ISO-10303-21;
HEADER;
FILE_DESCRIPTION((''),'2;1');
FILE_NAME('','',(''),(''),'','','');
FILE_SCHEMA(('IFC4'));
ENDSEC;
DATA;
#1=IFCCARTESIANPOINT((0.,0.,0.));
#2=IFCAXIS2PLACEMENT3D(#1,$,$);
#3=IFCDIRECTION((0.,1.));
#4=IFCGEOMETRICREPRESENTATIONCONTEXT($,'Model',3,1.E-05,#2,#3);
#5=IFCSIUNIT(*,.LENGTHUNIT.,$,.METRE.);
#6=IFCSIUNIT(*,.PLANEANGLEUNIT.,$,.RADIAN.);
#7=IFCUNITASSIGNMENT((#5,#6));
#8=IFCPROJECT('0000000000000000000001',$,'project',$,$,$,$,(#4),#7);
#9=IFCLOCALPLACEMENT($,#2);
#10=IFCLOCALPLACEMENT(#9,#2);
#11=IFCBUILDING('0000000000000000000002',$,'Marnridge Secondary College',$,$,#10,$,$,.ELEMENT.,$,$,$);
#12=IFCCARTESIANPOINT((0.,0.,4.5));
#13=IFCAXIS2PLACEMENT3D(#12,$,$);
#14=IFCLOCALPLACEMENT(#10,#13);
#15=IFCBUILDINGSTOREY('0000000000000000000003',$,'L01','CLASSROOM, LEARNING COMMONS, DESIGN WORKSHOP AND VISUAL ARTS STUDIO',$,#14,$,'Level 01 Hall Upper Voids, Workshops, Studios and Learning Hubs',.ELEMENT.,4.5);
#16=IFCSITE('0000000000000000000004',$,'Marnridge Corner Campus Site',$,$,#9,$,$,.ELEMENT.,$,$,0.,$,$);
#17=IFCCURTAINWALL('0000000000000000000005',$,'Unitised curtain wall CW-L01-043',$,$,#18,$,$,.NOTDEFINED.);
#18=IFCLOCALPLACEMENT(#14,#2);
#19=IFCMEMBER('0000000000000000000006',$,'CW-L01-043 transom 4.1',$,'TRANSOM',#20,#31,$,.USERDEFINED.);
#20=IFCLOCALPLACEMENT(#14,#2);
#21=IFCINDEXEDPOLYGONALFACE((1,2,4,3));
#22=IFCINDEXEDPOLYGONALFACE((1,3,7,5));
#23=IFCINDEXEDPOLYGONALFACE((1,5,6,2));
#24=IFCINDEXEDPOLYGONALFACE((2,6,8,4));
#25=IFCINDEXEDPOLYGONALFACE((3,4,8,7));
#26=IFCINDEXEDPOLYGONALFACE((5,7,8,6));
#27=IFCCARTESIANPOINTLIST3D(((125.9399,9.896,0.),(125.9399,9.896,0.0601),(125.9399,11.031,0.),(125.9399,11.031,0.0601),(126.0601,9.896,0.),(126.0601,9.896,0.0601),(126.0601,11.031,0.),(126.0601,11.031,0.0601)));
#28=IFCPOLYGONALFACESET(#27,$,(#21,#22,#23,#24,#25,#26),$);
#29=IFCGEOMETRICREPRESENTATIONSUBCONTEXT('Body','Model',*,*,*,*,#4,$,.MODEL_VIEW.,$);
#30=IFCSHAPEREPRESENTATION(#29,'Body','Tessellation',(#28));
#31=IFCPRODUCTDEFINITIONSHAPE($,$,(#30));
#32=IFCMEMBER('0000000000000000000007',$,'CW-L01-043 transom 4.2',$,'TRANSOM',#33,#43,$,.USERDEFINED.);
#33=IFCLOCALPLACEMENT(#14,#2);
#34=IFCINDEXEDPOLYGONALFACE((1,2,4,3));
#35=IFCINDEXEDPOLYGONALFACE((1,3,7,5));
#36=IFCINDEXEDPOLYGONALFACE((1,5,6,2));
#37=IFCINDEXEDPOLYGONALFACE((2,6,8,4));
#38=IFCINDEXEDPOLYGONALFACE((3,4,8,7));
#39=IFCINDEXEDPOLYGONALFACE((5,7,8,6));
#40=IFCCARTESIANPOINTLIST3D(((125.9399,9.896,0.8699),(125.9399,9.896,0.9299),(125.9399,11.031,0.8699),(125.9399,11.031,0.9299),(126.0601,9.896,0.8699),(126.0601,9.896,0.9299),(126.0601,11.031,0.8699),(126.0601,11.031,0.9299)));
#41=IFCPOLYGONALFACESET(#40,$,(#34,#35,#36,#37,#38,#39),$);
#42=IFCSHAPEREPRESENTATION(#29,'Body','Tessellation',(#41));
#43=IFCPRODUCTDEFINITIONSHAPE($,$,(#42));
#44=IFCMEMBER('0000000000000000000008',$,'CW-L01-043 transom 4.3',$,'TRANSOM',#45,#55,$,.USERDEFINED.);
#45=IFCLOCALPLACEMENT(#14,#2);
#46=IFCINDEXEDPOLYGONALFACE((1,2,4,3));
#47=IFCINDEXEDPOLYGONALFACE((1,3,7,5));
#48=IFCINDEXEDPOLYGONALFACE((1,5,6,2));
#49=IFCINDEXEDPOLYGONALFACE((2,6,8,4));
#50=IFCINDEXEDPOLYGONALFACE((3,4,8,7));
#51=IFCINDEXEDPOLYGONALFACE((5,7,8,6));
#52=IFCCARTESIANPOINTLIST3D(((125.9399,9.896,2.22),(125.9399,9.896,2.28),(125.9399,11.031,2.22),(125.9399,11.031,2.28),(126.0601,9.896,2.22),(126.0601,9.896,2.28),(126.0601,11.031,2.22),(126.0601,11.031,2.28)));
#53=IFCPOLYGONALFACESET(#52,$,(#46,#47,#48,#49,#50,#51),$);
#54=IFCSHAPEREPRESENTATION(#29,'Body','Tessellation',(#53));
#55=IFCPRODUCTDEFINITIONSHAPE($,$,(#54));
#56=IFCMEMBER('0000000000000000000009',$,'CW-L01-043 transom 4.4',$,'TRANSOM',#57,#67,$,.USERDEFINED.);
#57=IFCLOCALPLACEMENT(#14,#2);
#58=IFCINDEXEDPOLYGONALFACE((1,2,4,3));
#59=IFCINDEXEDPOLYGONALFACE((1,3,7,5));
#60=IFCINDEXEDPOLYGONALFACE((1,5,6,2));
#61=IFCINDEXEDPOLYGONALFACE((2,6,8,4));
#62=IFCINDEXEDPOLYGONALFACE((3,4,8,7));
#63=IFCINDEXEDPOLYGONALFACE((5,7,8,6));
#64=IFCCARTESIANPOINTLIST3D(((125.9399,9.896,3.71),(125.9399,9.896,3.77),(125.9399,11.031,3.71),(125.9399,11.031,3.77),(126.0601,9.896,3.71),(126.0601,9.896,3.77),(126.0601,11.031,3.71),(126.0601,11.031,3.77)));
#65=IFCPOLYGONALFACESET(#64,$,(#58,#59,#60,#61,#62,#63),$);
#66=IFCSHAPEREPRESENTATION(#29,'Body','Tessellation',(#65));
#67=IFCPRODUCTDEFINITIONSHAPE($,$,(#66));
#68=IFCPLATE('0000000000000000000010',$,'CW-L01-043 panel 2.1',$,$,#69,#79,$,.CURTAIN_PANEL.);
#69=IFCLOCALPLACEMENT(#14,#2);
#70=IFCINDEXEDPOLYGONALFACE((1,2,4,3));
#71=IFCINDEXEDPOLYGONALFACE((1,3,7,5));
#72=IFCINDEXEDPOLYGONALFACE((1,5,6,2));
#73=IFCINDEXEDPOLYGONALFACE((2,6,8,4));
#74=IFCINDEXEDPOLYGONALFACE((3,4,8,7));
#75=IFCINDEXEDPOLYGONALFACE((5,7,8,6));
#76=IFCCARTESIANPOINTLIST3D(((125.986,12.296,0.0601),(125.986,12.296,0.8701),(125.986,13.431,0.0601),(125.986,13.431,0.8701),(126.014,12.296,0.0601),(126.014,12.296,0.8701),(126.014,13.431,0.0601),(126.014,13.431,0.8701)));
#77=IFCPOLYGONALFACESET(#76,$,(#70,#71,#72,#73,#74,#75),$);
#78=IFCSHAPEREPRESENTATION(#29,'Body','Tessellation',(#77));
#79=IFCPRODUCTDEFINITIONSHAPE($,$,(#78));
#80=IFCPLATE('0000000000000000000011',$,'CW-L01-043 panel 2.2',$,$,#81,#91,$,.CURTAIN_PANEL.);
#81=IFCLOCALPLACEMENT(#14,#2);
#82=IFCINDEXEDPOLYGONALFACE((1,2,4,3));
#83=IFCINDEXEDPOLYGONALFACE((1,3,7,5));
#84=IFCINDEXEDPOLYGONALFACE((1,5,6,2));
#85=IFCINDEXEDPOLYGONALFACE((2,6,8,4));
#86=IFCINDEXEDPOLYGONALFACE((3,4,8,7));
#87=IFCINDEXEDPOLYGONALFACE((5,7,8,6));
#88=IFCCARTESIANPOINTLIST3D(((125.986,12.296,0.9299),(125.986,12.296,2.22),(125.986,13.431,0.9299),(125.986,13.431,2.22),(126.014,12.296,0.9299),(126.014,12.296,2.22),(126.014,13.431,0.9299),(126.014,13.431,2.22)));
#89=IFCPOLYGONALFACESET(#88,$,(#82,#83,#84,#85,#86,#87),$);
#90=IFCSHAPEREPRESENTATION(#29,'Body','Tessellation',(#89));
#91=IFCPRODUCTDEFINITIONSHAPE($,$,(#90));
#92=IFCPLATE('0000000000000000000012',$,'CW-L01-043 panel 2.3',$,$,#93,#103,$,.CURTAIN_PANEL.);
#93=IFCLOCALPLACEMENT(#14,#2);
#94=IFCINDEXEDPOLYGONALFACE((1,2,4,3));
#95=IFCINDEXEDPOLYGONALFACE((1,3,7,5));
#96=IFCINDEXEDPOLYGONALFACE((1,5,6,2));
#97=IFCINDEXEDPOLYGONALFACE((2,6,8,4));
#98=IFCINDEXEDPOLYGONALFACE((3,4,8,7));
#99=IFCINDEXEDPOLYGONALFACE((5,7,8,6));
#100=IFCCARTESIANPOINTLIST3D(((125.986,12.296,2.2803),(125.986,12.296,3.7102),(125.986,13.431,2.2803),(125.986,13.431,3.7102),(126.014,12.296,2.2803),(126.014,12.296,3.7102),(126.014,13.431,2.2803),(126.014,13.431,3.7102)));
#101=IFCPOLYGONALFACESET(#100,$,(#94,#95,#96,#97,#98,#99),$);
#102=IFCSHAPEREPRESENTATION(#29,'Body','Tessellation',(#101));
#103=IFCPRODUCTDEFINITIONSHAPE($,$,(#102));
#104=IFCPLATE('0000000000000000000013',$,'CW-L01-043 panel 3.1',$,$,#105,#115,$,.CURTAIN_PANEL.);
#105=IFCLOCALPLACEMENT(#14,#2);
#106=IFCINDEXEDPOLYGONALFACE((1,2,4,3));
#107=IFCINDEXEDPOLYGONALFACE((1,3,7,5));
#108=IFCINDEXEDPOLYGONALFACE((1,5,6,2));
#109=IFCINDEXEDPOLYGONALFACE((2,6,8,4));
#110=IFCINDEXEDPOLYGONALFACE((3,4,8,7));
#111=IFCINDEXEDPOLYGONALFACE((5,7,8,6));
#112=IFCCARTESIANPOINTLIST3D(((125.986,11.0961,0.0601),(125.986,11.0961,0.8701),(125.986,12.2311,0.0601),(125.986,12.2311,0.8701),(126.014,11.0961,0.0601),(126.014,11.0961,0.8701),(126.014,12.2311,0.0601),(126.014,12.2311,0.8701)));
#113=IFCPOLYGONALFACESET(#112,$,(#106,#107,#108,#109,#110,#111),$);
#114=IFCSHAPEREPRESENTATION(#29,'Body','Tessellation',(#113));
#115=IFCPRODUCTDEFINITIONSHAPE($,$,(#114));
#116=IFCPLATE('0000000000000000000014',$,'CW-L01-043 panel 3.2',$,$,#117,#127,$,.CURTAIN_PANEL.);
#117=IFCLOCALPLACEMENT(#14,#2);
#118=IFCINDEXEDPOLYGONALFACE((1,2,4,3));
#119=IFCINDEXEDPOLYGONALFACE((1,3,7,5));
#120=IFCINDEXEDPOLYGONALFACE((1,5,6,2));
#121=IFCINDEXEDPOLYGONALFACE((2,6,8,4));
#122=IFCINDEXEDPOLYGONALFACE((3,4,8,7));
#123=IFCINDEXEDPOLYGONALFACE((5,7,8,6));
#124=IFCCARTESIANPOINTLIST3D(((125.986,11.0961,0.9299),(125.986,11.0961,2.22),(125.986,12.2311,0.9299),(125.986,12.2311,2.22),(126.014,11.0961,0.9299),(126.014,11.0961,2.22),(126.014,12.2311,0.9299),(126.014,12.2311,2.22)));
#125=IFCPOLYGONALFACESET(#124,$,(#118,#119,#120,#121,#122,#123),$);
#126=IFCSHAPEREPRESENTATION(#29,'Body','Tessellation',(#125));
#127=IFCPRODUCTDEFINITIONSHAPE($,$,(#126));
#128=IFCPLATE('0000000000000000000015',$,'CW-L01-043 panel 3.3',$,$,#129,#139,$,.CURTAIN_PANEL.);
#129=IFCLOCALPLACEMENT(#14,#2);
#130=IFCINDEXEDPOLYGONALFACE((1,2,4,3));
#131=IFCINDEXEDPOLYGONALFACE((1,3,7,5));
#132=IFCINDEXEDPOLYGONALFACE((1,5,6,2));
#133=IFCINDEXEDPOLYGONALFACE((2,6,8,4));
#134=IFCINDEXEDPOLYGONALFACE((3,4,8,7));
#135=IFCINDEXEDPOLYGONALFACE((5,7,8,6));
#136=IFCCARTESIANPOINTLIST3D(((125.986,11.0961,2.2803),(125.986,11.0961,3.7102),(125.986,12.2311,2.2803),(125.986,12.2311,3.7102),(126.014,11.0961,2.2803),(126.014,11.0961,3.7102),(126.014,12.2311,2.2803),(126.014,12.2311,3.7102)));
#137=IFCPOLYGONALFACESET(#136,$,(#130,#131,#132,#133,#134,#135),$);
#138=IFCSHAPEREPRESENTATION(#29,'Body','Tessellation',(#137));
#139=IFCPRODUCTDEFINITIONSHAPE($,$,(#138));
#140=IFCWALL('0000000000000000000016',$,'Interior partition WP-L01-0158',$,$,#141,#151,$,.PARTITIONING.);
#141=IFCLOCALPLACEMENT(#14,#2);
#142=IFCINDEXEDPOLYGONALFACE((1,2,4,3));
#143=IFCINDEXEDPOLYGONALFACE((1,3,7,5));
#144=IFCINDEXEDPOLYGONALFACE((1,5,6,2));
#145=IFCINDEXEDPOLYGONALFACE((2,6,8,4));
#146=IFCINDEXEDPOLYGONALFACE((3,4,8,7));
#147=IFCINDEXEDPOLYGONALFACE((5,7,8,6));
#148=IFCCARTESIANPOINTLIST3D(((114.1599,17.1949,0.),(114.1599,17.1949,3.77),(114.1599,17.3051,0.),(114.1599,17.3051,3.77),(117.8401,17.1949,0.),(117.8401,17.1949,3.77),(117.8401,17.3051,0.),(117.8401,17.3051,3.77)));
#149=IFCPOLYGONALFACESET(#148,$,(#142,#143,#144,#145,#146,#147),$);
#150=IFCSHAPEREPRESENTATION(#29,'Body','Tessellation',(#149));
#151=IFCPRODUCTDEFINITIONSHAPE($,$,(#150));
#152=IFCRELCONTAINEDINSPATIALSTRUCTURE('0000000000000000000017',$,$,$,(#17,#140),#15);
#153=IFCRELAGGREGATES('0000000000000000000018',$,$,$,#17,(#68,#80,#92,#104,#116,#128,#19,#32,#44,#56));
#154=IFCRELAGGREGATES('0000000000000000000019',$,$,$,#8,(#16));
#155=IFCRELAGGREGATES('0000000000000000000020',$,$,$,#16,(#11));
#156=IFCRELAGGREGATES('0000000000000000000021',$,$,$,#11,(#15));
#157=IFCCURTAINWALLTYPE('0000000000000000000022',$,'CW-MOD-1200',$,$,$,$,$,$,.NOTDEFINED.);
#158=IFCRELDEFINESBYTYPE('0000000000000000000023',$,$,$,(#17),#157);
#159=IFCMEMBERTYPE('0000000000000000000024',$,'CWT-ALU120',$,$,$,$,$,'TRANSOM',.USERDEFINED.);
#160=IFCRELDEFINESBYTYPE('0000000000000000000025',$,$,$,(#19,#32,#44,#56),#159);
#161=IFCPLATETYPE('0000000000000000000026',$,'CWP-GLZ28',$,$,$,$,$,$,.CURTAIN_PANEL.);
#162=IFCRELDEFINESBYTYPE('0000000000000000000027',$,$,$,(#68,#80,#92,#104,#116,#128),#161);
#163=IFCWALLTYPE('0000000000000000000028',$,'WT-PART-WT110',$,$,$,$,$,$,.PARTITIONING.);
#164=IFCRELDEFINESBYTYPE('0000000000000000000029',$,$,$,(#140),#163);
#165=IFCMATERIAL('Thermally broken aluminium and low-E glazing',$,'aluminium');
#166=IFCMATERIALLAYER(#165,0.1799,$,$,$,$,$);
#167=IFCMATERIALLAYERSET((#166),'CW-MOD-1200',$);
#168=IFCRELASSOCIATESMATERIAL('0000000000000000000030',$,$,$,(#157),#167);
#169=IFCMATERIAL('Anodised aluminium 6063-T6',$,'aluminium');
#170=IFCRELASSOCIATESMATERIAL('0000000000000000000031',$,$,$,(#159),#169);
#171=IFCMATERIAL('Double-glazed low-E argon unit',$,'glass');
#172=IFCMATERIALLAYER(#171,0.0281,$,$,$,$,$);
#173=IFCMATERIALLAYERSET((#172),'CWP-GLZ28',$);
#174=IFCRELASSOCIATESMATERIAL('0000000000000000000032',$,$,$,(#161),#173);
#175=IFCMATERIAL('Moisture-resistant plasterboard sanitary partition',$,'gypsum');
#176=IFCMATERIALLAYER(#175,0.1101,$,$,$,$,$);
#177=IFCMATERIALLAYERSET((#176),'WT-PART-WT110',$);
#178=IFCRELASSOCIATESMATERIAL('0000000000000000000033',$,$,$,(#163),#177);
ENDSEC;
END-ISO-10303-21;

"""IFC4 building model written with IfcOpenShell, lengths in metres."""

from ifc_helpers import new_model, si_unit, direction, frame, frame_2d, origin, origin_2d, place, context, subcontext, project, spatial, rectangle, extrude, material, layer, layer_set, material_profile, profile_set, type_object, element, aggregate, save


model = new_model("IFC4")

# Units and contexts
model_context = context("Model", 3, precision=1e-05, world=origin(), true_north=direction((0.0, 1.0)))
body_context = subcontext(model_context, "Body", "Model", "MODEL_VIEW")
ifc_project = project(units=[si_unit("LENGTHUNIT", "METRE"), si_unit("PLANEANGLEUNIT", "RADIAN")], contexts=[model_context])

# Site, building, storey
site_placement = place(None, origin())
site = spatial("IfcSite", under=ifc_project, at=site_placement, Name="Marnridge Corner Campus Site", CompositionType="ELEMENT", RefElevation=0.0)
building_placement = place(site_placement, origin())
building = spatial("IfcBuilding", under=site, at=building_placement, Name="Marnridge Secondary College", CompositionType="ELEMENT")
storey_placement = place(building_placement, frame((0.0, 0.0, 4.5)))
storey = spatial("IfcBuildingStorey", under=building, at=storey_placement, Name="L01", Description="CLASSROOM, LEARNING COMMONS, DESIGN WORKSHOP AND VISUAL ARTS STUDIO", LongName="Level 01 Hall Upper Voids, Workshops, Studios and Learning Hubs", CompositionType="ELEMENT", Elevation=4.5)

# Curtain wall, members, plates
ifc_material_1 = material(Name="Thermally broken aluminium and low-E glazing", Category="aluminium")
ifc_layer_1 = layer(ifc_material_1, 0.1799)
ifc_layer_set_1 = layer_set([ifc_layer_1], Name="CW-MOD-1200")
curtain_wall_type = type_object("IfcCurtainWallType", Name="CW-MOD-1200", PredefinedType="NOTDEFINED", material=ifc_layer_set_1)
curtain_wall_placement = place(storey_placement, origin())
curtain_wall = element("IfcCurtainWall", 1, at=curtain_wall_placement, inside=storey, type_object=curtain_wall_type, Name="Unitised curtain wall CW-L01-043", PredefinedType="NOTDEFINED")
ifc_material_2 = material(Name="Anodised aluminium 6063-T6", Category="aluminium")
ifc_material_profile_1 = material_profile(ifc_material_2, rectangle(XDim=0.0601, YDim=0.1201, at=origin_2d()), Name="ALU 60x120")
ifc_profile_set_1 = profile_set([ifc_material_profile_1], Name="Anodised aluminium 6063-T6")
member_type_1 = type_object("IfcMemberType", Name="CWT-ALU120", ElementType="TRANSOM", PredefinedType="USERDEFINED", material=ifc_profile_set_1)
member_1_placement = place(storey_placement, frame((126.0, 11.031, 0.03), z_axis=(0.0, -1.0, 0.0), x_axis=(0.0, 0.0, 1.0)))
member_1 = element("IfcMember", 2, at=member_1_placement, type_object=member_type_1, Name="CW-L01-043 transom 4.1", ObjectType="TRANSOM", PredefinedType="USERDEFINED", context=body_context, shape_type="SweptSolid", body=[
    extrude(rectangle(XDim=0.0601, YDim=0.1201, at=origin_2d()), origin(), (0.0, 0.0, 1.0), 1.135),
])
member_2_placement = place(storey_placement, frame((126.0, 11.031, 0.8999), z_axis=(0.0, -1.0, 0.0), x_axis=(0.0, 0.0, 1.0)))
member_2 = element("IfcMember", 3, at=member_2_placement, type_object=member_type_1, Name="CW-L01-043 transom 4.2", ObjectType="TRANSOM", PredefinedType="USERDEFINED", context=body_context, shape_type="SweptSolid", body=[
    extrude(rectangle(XDim=0.0601, YDim=0.1201, at=origin_2d()), origin(), (0.0, 0.0, 1.0), 1.135),
])
member_3_placement = place(storey_placement, frame((126.0, 11.031, 2.25), z_axis=(0.0, -1.0, 0.0), x_axis=(0.0, 0.0, 1.0)))
member_3 = element("IfcMember", 4, at=member_3_placement, type_object=member_type_1, Name="CW-L01-043 transom 4.3", ObjectType="TRANSOM", PredefinedType="USERDEFINED", context=body_context, shape_type="SweptSolid", body=[
    extrude(rectangle(XDim=0.0601, YDim=0.1201, at=origin_2d()), origin(), (0.0, 0.0, 1.0), 1.135),
])
member_4_placement = place(storey_placement, frame((126.0, 11.031, 3.74), z_axis=(0.0, -1.0, 0.0), x_axis=(0.0, 0.0, 1.0)))
member_4 = element("IfcMember", 5, at=member_4_placement, type_object=member_type_1, Name="CW-L01-043 transom 4.4", ObjectType="TRANSOM", PredefinedType="USERDEFINED", context=body_context, shape_type="SweptSolid", body=[
    extrude(rectangle(XDim=0.0601, YDim=0.1201, at=origin_2d()), origin(), (0.0, 0.0, 1.0), 1.135),
])
ifc_material_3 = material(Name="Double-glazed low-E argon unit", Category="glass")
ifc_layer_2 = layer(ifc_material_3, 0.0281)
ifc_layer_set_2 = layer_set([ifc_layer_2], Name="CWP-GLZ28")
plate_type = type_object("IfcPlateType", Name="CWP-GLZ28", PredefinedType="CURTAIN_PANEL", material=ifc_layer_set_2)
plate_1_placement = place(storey_placement, frame((126.0, 12.8635, 0.0601), z_axis=(0.0, 0.0, 1.0), x_axis=(0.0, -1.0, 0.0)))
plate_1 = element("IfcPlate", 6, at=plate_1_placement, type_object=plate_type, Name="CW-L01-043 panel 2.1", PredefinedType="CURTAIN_PANEL", context=body_context, shape_type="SweptSolid", body=[
    extrude(rectangle(XDim=1.135, YDim=0.0281, at=origin_2d()), origin(), (0.0, 0.0, 1.0), 0.8101),
])
plate_2_placement = place(storey_placement, frame((126.0, 12.8635, 0.9299), z_axis=(0.0, 0.0, 1.0), x_axis=(0.0, -1.0, 0.0)))
plate_2 = element("IfcPlate", 7, at=plate_2_placement, type_object=plate_type, Name="CW-L01-043 panel 2.2", PredefinedType="CURTAIN_PANEL", context=body_context, shape_type="SweptSolid", body=[
    extrude(rectangle(XDim=1.135, YDim=0.0281, at=origin_2d()), origin(), (0.0, 0.0, 1.0), 1.29),
])
plate_3_placement = place(storey_placement, frame((126.0, 12.8635, 2.2803), z_axis=(0.0, 0.0, 1.0), x_axis=(0.0, -1.0, 0.0)))
plate_3 = element("IfcPlate", 8, at=plate_3_placement, type_object=plate_type, Name="CW-L01-043 panel 2.3", PredefinedType="CURTAIN_PANEL", context=body_context, shape_type="SweptSolid", body=[
    extrude(rectangle(XDim=1.135, YDim=0.0281, at=origin_2d()), origin(), (0.0, 0.0, 1.0), 1.4299),
])
plate_4_placement = place(storey_placement, frame((126.0, 11.6636, 0.0601), z_axis=(0.0, 0.0, 1.0), x_axis=(0.0, -1.0, 0.0)))
plate_4 = element("IfcPlate", 9, at=plate_4_placement, type_object=plate_type, Name="CW-L01-043 panel 3.1", PredefinedType="CURTAIN_PANEL", context=body_context, shape_type="SweptSolid", body=[
    extrude(rectangle(XDim=1.135, YDim=0.0281, at=origin_2d()), origin(), (0.0, 0.0, 1.0), 0.8101),
])
plate_5_placement = place(storey_placement, frame((126.0, 11.6636, 0.9299), z_axis=(0.0, 0.0, 1.0), x_axis=(0.0, -1.0, 0.0)))
plate_5 = element("IfcPlate", 10, at=plate_5_placement, type_object=plate_type, Name="CW-L01-043 panel 3.2", PredefinedType="CURTAIN_PANEL", context=body_context, shape_type="SweptSolid", body=[
    extrude(rectangle(XDim=1.135, YDim=0.0281, at=origin_2d()), origin(), (0.0, 0.0, 1.0), 1.29),
])
plate_6_placement = place(storey_placement, frame((126.0, 11.6636, 2.2803), z_axis=(0.0, 0.0, 1.0), x_axis=(0.0, -1.0, 0.0)))
plate_6 = element("IfcPlate", 11, at=plate_6_placement, type_object=plate_type, Name="CW-L01-043 panel 3.3", PredefinedType="CURTAIN_PANEL", context=body_context, shape_type="SweptSolid", body=[
    extrude(rectangle(XDim=1.135, YDim=0.0281, at=origin_2d()), origin(), (0.0, 0.0, 1.0), 1.4299),
])
aggregate(curtain_wall, [plate_1, plate_2, plate_3, plate_4, plate_5, plate_6, member_1, member_2, member_3, member_4])

# Wall
ifc_material_4 = material(Name="Moisture-resistant plasterboard sanitary partition", Category="gypsum")
ifc_layer_3 = layer(ifc_material_4, 0.1101)
ifc_layer_set_3 = layer_set([ifc_layer_3], Name="WT-PART-WT110")
wall_type = type_object("IfcWallType", Name="WT-PART-WT110", PredefinedType="PARTITIONING", material=ifc_layer_set_3)
wall_placement = place(storey_placement, frame((117.8401, 17.25, 0.0), z_axis=(0.0, 0.0, 1.0), x_axis=(-1.0, 0.0, 0.0)))
element("IfcWall", 12, at=wall_placement, inside=storey, type_object=wall_type, Name="Interior partition WP-L01-0158", PredefinedType="PARTITIONING", context=body_context, shape_type="SweptSolid", body=[
    extrude(rectangle(XDim=3.6802, YDim=0.1101, at=frame_2d((1.8401, 0.0))), origin(), (0.0, 0.0, 1.0), 3.77),
])

save(model, "model.ifc")
